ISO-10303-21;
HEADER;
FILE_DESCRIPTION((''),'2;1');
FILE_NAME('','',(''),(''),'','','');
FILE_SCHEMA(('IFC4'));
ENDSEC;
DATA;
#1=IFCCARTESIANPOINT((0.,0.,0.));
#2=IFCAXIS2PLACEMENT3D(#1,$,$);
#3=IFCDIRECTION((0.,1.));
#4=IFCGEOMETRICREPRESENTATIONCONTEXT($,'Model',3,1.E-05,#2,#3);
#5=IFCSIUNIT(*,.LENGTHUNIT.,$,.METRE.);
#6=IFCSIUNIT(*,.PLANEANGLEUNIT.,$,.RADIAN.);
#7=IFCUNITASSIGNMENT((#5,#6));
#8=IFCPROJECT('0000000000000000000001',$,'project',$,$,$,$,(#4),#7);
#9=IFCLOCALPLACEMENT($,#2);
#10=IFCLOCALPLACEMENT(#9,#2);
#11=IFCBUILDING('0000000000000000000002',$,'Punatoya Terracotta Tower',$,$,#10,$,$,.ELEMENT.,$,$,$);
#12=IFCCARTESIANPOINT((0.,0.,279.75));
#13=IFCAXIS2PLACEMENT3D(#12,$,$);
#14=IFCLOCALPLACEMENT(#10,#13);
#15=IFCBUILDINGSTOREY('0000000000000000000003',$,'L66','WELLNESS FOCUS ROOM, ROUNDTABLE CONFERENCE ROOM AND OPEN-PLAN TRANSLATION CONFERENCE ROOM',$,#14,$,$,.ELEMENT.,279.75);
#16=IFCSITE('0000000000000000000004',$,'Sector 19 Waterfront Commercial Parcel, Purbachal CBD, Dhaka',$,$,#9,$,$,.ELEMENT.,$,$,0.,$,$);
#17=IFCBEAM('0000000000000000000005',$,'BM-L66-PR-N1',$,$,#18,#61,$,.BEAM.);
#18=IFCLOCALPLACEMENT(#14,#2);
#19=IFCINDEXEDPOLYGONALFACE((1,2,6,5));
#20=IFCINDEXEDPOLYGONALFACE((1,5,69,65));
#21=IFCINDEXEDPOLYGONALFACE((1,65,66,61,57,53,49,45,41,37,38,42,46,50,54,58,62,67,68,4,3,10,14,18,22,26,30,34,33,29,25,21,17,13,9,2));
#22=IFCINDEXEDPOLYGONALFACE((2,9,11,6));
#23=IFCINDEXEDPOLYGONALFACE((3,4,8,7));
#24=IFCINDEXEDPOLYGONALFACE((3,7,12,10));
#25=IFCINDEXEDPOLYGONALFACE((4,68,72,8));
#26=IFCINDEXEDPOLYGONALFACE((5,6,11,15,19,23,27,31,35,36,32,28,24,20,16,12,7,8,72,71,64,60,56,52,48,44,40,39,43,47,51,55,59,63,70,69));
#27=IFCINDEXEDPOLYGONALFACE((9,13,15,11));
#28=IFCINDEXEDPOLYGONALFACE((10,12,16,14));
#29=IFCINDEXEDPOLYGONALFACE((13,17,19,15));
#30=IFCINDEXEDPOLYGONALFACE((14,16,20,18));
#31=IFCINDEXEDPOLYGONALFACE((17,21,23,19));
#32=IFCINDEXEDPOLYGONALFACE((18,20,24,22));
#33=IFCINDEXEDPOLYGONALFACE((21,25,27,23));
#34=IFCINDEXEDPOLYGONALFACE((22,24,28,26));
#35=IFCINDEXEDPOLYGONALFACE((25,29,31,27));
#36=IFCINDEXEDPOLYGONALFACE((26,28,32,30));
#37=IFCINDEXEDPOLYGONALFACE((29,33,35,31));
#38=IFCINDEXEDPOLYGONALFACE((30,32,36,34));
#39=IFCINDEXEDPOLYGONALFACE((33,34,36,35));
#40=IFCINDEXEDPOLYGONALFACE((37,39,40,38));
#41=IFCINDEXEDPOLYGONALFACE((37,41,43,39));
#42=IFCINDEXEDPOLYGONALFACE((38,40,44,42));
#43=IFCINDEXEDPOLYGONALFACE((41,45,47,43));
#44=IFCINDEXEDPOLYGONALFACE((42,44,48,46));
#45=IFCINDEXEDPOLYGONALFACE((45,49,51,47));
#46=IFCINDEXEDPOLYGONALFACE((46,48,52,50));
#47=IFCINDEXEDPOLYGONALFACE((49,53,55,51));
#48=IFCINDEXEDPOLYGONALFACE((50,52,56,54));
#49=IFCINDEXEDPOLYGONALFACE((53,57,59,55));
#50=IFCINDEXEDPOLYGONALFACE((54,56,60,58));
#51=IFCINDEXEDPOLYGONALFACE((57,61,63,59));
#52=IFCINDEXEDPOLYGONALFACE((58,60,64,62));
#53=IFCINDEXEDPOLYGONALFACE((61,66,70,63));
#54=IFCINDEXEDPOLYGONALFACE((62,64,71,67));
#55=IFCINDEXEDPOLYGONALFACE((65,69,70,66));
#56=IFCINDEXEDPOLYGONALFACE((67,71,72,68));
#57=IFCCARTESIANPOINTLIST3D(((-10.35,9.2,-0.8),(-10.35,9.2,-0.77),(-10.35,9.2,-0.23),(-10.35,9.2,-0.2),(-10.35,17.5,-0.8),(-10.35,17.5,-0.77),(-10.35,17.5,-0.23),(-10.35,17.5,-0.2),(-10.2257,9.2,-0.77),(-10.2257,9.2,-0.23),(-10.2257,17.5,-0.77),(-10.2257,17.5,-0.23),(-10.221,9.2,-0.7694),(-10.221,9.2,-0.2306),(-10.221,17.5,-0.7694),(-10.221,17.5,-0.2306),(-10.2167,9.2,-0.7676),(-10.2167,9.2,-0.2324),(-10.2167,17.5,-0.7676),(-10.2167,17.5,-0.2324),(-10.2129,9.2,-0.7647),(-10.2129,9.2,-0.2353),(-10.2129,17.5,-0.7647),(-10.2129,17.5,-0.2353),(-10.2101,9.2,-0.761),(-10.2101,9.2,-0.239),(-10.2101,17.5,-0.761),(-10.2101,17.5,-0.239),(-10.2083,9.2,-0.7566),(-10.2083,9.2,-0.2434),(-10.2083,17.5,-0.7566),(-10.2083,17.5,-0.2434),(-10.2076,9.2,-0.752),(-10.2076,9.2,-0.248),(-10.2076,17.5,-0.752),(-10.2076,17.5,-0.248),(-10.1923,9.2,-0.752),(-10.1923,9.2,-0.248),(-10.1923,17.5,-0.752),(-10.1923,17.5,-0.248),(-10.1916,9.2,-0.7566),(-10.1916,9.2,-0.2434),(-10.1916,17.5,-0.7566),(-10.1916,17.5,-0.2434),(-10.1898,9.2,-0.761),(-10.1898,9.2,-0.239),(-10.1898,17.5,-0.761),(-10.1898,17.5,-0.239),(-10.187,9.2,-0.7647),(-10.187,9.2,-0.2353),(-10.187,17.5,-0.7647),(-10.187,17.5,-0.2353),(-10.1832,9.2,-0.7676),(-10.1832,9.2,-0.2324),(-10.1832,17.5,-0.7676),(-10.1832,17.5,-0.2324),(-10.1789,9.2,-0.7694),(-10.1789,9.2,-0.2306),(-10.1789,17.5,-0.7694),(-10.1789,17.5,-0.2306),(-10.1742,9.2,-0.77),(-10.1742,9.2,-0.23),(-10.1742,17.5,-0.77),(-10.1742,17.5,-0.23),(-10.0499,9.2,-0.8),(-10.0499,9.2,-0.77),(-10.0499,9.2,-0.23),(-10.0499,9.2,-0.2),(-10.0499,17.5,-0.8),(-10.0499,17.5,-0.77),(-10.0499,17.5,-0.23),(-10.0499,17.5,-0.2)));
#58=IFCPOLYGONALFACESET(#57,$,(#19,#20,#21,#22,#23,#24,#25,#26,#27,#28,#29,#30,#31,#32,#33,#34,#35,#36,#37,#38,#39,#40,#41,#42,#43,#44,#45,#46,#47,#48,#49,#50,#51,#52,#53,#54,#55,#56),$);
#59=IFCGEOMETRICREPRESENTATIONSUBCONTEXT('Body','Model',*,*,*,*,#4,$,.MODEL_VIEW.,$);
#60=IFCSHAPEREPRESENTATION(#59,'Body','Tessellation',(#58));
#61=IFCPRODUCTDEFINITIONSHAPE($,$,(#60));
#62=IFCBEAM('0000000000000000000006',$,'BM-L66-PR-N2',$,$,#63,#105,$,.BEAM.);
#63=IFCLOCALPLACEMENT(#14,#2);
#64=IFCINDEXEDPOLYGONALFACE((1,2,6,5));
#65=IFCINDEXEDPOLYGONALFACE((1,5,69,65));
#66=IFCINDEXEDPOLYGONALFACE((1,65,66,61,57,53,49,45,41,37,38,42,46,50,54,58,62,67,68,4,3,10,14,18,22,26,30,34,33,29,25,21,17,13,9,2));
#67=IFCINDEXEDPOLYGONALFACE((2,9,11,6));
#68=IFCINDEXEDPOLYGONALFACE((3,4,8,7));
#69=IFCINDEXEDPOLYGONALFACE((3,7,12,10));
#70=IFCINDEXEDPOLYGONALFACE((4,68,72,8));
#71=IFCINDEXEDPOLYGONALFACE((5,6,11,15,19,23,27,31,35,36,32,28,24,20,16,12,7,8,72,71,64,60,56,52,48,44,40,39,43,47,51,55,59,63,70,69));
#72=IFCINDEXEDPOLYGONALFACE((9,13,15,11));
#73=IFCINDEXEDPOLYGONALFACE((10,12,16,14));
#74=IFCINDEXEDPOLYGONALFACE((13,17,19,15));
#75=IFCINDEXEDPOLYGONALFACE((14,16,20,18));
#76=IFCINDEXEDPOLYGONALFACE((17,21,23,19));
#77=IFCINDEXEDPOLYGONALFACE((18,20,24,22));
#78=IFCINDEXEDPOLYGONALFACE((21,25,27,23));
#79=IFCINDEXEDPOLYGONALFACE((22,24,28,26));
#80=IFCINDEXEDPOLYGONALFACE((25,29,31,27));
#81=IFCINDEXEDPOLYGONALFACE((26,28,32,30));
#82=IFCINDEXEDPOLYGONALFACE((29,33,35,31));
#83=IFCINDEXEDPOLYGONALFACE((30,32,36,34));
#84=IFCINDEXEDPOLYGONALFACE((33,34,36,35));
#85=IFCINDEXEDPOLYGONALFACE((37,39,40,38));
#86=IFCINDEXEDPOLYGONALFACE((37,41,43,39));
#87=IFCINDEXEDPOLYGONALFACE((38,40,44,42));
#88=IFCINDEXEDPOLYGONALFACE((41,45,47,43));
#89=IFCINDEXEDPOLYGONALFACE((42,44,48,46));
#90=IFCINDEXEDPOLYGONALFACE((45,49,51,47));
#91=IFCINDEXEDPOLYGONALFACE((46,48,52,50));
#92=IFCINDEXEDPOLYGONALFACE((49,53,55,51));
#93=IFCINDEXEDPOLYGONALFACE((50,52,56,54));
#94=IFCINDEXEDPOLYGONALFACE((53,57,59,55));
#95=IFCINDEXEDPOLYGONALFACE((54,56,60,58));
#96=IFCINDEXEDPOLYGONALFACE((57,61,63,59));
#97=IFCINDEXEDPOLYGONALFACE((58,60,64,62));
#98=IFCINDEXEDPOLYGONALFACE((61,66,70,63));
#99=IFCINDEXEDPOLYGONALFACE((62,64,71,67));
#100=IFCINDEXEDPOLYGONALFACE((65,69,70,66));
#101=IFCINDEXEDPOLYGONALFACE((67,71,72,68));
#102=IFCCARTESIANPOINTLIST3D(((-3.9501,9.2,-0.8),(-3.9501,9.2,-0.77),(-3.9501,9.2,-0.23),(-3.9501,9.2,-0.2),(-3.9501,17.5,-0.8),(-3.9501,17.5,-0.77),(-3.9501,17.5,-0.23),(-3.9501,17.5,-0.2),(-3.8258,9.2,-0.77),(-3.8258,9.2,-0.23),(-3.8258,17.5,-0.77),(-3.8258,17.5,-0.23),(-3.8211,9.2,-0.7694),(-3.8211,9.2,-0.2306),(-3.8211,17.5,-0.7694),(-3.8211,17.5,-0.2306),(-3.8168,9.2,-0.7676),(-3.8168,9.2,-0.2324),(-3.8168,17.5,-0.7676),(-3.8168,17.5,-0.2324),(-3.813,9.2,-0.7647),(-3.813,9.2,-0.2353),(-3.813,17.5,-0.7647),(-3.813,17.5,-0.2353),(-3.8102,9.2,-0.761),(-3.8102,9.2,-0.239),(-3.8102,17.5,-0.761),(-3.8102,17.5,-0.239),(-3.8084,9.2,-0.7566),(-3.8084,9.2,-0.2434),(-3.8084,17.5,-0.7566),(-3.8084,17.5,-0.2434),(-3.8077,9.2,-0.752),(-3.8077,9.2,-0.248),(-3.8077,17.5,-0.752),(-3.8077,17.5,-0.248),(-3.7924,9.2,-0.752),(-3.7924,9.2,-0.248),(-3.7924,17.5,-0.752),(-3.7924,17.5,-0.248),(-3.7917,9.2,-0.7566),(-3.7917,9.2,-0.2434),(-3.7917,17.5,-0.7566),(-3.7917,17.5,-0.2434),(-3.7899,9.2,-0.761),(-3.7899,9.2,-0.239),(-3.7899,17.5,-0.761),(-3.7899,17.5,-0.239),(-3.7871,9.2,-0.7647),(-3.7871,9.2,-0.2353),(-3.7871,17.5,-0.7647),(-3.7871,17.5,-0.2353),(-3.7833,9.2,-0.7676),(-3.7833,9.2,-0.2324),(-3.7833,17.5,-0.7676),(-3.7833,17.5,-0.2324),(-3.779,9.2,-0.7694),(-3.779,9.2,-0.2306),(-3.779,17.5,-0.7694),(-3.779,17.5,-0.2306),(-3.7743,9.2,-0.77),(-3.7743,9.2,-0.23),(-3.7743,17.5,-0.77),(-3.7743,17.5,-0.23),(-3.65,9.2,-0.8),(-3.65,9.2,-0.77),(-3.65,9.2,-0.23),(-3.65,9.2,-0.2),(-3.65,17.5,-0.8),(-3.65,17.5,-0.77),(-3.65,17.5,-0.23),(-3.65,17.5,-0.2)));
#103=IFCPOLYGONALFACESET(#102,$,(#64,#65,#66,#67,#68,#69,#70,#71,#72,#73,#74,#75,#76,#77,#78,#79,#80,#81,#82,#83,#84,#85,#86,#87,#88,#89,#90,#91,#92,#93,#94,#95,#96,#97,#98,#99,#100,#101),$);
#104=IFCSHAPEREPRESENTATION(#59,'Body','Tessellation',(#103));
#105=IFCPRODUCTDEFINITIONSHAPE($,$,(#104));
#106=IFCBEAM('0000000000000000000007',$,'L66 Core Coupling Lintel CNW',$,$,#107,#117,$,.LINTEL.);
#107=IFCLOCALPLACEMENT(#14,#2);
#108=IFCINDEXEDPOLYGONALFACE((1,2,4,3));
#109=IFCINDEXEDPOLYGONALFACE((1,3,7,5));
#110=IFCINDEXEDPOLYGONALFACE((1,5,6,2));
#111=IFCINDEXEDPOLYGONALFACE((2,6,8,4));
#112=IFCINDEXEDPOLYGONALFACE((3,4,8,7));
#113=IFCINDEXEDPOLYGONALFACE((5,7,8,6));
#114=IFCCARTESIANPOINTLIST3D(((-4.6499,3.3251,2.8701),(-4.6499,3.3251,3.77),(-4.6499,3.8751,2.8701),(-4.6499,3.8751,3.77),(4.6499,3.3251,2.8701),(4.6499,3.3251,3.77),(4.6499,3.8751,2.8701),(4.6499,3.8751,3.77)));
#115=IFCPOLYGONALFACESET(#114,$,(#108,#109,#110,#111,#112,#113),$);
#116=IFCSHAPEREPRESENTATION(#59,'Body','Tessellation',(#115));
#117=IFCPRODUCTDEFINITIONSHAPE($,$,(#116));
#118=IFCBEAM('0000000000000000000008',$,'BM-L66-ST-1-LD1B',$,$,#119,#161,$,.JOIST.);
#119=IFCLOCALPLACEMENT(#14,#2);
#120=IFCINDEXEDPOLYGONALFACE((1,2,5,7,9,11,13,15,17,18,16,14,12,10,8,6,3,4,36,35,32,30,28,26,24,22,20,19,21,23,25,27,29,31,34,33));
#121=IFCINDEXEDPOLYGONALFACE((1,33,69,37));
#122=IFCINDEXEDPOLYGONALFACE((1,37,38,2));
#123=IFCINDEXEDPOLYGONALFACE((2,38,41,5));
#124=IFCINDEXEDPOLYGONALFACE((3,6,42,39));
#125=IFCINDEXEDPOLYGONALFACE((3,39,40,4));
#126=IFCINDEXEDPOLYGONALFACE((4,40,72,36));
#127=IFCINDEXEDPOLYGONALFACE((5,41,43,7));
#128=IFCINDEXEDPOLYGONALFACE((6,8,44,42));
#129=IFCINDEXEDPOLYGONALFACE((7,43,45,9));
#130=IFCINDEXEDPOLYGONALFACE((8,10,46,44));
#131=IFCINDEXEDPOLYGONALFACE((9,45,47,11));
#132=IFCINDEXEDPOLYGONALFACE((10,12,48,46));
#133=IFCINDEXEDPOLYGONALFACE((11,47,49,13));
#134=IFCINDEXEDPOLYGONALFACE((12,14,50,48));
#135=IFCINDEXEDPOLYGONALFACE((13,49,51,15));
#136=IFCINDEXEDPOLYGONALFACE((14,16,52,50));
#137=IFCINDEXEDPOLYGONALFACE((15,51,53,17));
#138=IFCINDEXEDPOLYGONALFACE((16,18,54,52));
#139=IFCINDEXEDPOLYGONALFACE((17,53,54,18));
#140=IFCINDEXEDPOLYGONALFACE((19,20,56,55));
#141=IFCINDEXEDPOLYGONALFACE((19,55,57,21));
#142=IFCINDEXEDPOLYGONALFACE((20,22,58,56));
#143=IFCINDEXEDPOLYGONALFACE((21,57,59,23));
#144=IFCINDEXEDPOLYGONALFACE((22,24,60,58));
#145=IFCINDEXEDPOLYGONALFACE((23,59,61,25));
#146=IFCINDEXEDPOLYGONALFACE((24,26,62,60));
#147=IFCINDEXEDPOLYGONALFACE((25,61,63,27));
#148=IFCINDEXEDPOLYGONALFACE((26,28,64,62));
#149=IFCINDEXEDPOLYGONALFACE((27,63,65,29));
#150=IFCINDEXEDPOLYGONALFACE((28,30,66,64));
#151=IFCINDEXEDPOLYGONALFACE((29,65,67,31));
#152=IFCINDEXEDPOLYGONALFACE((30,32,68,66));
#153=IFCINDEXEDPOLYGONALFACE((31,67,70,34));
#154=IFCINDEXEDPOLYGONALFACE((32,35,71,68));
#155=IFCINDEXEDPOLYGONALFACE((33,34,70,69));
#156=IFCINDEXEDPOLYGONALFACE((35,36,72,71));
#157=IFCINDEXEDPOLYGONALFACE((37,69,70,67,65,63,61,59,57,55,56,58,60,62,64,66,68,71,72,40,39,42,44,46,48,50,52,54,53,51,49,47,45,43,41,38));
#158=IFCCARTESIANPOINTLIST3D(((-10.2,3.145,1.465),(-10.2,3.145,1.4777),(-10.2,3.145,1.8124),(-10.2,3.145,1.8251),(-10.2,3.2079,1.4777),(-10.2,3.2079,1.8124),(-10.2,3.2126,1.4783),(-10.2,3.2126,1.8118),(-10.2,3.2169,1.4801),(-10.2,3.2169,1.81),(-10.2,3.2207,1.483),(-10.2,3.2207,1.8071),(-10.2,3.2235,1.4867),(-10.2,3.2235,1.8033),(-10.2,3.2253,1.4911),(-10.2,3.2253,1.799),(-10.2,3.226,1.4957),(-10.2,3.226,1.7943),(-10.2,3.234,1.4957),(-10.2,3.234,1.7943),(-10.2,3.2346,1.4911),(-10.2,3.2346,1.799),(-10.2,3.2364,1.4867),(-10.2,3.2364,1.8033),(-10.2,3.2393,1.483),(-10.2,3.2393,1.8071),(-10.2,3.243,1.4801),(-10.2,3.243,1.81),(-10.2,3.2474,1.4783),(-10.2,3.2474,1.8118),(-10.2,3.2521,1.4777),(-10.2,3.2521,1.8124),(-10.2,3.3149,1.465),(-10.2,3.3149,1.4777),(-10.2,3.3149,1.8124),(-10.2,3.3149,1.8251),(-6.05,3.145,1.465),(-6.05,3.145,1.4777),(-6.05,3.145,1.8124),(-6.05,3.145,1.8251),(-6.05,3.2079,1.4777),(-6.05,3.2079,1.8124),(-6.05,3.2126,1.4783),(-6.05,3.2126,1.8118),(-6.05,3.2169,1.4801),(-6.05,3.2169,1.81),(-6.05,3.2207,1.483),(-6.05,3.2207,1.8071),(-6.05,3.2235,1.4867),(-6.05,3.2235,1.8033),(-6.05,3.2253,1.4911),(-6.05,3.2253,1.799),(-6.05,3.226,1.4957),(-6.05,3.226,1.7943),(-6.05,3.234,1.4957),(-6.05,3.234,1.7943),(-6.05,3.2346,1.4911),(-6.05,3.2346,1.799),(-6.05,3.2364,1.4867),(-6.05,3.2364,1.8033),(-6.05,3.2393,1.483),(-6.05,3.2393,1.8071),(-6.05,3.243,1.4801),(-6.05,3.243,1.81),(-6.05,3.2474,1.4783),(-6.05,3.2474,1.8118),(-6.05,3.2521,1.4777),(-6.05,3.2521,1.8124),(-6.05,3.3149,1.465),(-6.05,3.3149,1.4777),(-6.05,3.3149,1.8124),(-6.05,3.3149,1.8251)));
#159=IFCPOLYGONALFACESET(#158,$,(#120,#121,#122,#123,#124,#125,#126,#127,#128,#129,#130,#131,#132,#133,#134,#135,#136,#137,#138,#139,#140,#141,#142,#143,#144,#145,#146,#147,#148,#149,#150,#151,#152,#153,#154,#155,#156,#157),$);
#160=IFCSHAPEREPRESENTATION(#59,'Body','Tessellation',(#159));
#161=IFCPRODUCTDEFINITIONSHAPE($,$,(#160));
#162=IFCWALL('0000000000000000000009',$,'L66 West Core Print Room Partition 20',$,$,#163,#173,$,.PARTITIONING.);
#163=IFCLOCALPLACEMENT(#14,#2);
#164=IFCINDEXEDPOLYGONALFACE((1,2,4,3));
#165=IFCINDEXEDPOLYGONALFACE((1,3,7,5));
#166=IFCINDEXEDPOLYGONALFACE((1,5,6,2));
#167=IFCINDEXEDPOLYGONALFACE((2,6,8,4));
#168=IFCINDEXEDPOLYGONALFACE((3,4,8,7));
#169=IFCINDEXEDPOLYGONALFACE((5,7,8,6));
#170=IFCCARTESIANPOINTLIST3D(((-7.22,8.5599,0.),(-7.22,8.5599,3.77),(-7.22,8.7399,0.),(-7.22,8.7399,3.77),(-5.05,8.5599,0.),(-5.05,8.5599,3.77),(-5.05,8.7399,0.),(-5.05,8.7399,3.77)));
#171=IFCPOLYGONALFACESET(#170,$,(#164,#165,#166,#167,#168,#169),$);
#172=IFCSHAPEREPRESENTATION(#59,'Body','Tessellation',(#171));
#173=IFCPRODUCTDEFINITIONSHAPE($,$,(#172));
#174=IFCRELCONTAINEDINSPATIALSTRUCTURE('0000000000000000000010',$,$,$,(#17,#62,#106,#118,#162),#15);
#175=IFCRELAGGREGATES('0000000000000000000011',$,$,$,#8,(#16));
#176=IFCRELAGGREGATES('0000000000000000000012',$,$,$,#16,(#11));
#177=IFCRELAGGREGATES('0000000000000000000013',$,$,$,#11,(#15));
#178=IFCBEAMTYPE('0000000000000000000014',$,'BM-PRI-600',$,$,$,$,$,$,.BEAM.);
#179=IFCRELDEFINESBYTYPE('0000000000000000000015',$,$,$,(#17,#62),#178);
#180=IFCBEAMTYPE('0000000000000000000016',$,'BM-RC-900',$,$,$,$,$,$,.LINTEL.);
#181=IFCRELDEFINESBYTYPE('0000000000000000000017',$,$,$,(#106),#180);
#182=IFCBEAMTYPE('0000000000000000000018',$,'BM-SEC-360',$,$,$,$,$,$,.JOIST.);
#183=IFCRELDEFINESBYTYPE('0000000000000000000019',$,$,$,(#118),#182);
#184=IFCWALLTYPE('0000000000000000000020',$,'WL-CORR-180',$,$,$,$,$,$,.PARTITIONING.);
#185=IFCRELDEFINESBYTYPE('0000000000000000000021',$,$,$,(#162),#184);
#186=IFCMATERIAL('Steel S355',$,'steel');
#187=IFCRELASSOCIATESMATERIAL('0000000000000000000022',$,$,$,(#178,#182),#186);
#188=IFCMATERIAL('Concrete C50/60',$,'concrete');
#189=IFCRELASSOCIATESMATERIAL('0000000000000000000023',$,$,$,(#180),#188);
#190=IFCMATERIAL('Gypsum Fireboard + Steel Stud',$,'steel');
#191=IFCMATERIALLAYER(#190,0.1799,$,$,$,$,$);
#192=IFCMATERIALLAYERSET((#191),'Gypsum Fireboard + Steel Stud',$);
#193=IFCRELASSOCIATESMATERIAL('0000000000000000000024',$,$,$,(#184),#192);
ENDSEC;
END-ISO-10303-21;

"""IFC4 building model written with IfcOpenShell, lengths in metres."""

from ifc_helpers import new_model, si_unit, direction, frame, frame_2d, origin, origin_2d, place, context, subcontext, project, spatial, rectangle, i_section, extrude, material, layer, layer_set, material_profile, profile_set, type_object, element, save


model = new_model("IFC4")

# Units and contexts
model_context = context("Model", 3, precision=1e-05, world=origin(), true_north=direction((0.0, 1.0)))
body_context = subcontext(model_context, "Body", "Model", "MODEL_VIEW")
ifc_project = project(units=[si_unit("LENGTHUNIT", "METRE"), si_unit("PLANEANGLEUNIT", "RADIAN")], contexts=[model_context])

# Site, building, storey
site_placement = place(None, origin())
site = spatial("IfcSite", under=ifc_project, at=site_placement, Name="Sector 19 Waterfront Commercial Parcel, Purbachal CBD, Dhaka", CompositionType="ELEMENT", RefElevation=0.0)
building_placement = place(site_placement, origin())
building = spatial("IfcBuilding", under=site, at=building_placement, Name="Punatoya Terracotta Tower", CompositionType="ELEMENT")
storey_placement = place(building_placement, frame((0.0, 0.0, 279.75)))
storey = spatial("IfcBuildingStorey", under=building, at=storey_placement, Name="L66", Description="WELLNESS FOCUS ROOM, ROUNDTABLE CONFERENCE ROOM AND OPEN-PLAN TRANSLATION CONFERENCE ROOM", CompositionType="ELEMENT", Elevation=279.75)

# Beams
ifc_material_1 = material(Name="Steel S355", Category="steel")
ifc_material_profile_1 = material_profile(ifc_material_1, i_section(OverallWidth=0.3, OverallDepth=0.6001, WebThickness=0.0154, FlangeThickness=0.03, FilletRadius=0.0181, at=origin_2d()))
ifc_profile_set_1 = profile_set([ifc_material_profile_1], Name="Steel S355")
beam_type_1 = type_object("IfcBeamType", Name="BM-PRI-600", PredefinedType="BEAM", material=ifc_profile_set_1)
for number, where, z_axis, x_axis, name in (
    (1, (-10.2, 9.2, -0.5), (0.0, 1.0, 0.0), (-1.0, 0.0, 0.0), "BM-L66-PR-N1"),
    (2, (-3.8, 9.2, -0.5), (0.0, 1.0, 0.0), (-1.0, 0.0, 0.0), "BM-L66-PR-N2"),
):
    element("IfcBeam", number, at=place(storey_placement, frame(where, z_axis=z_axis, x_axis=x_axis)), inside=storey, type_object=beam_type_1, Name=name, PredefinedType="BEAM", context=body_context, shape_type="SweptSolid", body=[
        extrude(i_section(OverallWidth=0.3, OverallDepth=0.6001, WebThickness=0.0154, FlangeThickness=0.03, FilletRadius=0.0181, at=origin_2d()), origin(), (0.0, 0.0, 1.0), 8.3),
    ])
ifc_material_2 = material(Name="Concrete C50/60", Category="concrete")
ifc_material_profile_2 = material_profile(ifc_material_2, rectangle(XDim=0.55, YDim=0.8999, at=origin_2d()))
ifc_profile_set_2 = profile_set([ifc_material_profile_2], Name="Concrete C50/60")
beam_type_2 = type_object("IfcBeamType", Name="BM-RC-900", PredefinedType="LINTEL", material=ifc_profile_set_2)
beam_1_placement = place(storey_placement, frame((-4.6499, 3.6001, 3.3201), z_axis=(1.0, 0.0, 0.0), x_axis=(0.0, 1.0, 0.0)))
element("IfcBeam", 3, at=beam_1_placement, inside=storey, type_object=beam_type_2, Name="L66 Core Coupling Lintel CNW", PredefinedType="LINTEL", context=body_context, shape_type="SweptSolid", body=[
    extrude(rectangle(XDim=0.55, YDim=0.8999, at=origin_2d()), origin(), (0.0, 0.0, 1.0), 9.2998),
])
ifc_material_profile_3 = material_profile(ifc_material_1, i_section(OverallWidth=0.1699, OverallDepth=0.3601, WebThickness=0.0081, FlangeThickness=0.0127, FilletRadius=0.0181, at=origin_2d()))
ifc_profile_set_3 = profile_set([ifc_material_profile_3], Name="Steel S355")
beam_type_3 = type_object("IfcBeamType", Name="BM-SEC-360", PredefinedType="JOIST", material=ifc_profile_set_3)
beam_2_placement = place(storey_placement, frame((-10.2, 3.23, 1.645), z_axis=(1.0, 0.0, 0.0), x_axis=(0.0, 1.0, 0.0)))
element("IfcBeam", 4, at=beam_2_placement, inside=storey, type_object=beam_type_3, Name="BM-L66-ST-1-LD1B", PredefinedType="JOIST", context=body_context, shape_type="SweptSolid", body=[
    extrude(i_section(OverallWidth=0.1699, OverallDepth=0.3601, WebThickness=0.0081, FlangeThickness=0.0127, FilletRadius=0.0181, at=origin_2d()), origin(), (0.0, 0.0, 1.0), 4.1499),
])

# Wall
ifc_material_3 = material(Name="Gypsum Fireboard + Steel Stud", Category="steel")
ifc_layer_1 = layer(ifc_material_3, 0.1799)
ifc_layer_set_1 = layer_set([ifc_layer_1], Name="Gypsum Fireboard + Steel Stud")
wall_type_1 = type_object("IfcWallType", Name="WL-CORR-180", PredefinedType="PARTITIONING", material=ifc_layer_set_1)
wall_1_placement = place(storey_placement, frame((-5.05, 8.6499, 0.0), z_axis=(0.0, 0.0, 1.0), x_axis=(-1.0, 0.0, 0.0)))
element("IfcWall", 5, at=wall_1_placement, inside=storey, type_object=wall_type_1, Name="L66 West Core Print Room Partition 20", PredefinedType="PARTITIONING", context=body_context, shape_type="SweptSolid", body=[
    extrude(rectangle(XDim=2.1699, YDim=0.1799, at=frame_2d((1.085, 0.0))), origin(), (0.0, 0.0, 1.0), 3.77),
])

save(model, "model.ifc")
